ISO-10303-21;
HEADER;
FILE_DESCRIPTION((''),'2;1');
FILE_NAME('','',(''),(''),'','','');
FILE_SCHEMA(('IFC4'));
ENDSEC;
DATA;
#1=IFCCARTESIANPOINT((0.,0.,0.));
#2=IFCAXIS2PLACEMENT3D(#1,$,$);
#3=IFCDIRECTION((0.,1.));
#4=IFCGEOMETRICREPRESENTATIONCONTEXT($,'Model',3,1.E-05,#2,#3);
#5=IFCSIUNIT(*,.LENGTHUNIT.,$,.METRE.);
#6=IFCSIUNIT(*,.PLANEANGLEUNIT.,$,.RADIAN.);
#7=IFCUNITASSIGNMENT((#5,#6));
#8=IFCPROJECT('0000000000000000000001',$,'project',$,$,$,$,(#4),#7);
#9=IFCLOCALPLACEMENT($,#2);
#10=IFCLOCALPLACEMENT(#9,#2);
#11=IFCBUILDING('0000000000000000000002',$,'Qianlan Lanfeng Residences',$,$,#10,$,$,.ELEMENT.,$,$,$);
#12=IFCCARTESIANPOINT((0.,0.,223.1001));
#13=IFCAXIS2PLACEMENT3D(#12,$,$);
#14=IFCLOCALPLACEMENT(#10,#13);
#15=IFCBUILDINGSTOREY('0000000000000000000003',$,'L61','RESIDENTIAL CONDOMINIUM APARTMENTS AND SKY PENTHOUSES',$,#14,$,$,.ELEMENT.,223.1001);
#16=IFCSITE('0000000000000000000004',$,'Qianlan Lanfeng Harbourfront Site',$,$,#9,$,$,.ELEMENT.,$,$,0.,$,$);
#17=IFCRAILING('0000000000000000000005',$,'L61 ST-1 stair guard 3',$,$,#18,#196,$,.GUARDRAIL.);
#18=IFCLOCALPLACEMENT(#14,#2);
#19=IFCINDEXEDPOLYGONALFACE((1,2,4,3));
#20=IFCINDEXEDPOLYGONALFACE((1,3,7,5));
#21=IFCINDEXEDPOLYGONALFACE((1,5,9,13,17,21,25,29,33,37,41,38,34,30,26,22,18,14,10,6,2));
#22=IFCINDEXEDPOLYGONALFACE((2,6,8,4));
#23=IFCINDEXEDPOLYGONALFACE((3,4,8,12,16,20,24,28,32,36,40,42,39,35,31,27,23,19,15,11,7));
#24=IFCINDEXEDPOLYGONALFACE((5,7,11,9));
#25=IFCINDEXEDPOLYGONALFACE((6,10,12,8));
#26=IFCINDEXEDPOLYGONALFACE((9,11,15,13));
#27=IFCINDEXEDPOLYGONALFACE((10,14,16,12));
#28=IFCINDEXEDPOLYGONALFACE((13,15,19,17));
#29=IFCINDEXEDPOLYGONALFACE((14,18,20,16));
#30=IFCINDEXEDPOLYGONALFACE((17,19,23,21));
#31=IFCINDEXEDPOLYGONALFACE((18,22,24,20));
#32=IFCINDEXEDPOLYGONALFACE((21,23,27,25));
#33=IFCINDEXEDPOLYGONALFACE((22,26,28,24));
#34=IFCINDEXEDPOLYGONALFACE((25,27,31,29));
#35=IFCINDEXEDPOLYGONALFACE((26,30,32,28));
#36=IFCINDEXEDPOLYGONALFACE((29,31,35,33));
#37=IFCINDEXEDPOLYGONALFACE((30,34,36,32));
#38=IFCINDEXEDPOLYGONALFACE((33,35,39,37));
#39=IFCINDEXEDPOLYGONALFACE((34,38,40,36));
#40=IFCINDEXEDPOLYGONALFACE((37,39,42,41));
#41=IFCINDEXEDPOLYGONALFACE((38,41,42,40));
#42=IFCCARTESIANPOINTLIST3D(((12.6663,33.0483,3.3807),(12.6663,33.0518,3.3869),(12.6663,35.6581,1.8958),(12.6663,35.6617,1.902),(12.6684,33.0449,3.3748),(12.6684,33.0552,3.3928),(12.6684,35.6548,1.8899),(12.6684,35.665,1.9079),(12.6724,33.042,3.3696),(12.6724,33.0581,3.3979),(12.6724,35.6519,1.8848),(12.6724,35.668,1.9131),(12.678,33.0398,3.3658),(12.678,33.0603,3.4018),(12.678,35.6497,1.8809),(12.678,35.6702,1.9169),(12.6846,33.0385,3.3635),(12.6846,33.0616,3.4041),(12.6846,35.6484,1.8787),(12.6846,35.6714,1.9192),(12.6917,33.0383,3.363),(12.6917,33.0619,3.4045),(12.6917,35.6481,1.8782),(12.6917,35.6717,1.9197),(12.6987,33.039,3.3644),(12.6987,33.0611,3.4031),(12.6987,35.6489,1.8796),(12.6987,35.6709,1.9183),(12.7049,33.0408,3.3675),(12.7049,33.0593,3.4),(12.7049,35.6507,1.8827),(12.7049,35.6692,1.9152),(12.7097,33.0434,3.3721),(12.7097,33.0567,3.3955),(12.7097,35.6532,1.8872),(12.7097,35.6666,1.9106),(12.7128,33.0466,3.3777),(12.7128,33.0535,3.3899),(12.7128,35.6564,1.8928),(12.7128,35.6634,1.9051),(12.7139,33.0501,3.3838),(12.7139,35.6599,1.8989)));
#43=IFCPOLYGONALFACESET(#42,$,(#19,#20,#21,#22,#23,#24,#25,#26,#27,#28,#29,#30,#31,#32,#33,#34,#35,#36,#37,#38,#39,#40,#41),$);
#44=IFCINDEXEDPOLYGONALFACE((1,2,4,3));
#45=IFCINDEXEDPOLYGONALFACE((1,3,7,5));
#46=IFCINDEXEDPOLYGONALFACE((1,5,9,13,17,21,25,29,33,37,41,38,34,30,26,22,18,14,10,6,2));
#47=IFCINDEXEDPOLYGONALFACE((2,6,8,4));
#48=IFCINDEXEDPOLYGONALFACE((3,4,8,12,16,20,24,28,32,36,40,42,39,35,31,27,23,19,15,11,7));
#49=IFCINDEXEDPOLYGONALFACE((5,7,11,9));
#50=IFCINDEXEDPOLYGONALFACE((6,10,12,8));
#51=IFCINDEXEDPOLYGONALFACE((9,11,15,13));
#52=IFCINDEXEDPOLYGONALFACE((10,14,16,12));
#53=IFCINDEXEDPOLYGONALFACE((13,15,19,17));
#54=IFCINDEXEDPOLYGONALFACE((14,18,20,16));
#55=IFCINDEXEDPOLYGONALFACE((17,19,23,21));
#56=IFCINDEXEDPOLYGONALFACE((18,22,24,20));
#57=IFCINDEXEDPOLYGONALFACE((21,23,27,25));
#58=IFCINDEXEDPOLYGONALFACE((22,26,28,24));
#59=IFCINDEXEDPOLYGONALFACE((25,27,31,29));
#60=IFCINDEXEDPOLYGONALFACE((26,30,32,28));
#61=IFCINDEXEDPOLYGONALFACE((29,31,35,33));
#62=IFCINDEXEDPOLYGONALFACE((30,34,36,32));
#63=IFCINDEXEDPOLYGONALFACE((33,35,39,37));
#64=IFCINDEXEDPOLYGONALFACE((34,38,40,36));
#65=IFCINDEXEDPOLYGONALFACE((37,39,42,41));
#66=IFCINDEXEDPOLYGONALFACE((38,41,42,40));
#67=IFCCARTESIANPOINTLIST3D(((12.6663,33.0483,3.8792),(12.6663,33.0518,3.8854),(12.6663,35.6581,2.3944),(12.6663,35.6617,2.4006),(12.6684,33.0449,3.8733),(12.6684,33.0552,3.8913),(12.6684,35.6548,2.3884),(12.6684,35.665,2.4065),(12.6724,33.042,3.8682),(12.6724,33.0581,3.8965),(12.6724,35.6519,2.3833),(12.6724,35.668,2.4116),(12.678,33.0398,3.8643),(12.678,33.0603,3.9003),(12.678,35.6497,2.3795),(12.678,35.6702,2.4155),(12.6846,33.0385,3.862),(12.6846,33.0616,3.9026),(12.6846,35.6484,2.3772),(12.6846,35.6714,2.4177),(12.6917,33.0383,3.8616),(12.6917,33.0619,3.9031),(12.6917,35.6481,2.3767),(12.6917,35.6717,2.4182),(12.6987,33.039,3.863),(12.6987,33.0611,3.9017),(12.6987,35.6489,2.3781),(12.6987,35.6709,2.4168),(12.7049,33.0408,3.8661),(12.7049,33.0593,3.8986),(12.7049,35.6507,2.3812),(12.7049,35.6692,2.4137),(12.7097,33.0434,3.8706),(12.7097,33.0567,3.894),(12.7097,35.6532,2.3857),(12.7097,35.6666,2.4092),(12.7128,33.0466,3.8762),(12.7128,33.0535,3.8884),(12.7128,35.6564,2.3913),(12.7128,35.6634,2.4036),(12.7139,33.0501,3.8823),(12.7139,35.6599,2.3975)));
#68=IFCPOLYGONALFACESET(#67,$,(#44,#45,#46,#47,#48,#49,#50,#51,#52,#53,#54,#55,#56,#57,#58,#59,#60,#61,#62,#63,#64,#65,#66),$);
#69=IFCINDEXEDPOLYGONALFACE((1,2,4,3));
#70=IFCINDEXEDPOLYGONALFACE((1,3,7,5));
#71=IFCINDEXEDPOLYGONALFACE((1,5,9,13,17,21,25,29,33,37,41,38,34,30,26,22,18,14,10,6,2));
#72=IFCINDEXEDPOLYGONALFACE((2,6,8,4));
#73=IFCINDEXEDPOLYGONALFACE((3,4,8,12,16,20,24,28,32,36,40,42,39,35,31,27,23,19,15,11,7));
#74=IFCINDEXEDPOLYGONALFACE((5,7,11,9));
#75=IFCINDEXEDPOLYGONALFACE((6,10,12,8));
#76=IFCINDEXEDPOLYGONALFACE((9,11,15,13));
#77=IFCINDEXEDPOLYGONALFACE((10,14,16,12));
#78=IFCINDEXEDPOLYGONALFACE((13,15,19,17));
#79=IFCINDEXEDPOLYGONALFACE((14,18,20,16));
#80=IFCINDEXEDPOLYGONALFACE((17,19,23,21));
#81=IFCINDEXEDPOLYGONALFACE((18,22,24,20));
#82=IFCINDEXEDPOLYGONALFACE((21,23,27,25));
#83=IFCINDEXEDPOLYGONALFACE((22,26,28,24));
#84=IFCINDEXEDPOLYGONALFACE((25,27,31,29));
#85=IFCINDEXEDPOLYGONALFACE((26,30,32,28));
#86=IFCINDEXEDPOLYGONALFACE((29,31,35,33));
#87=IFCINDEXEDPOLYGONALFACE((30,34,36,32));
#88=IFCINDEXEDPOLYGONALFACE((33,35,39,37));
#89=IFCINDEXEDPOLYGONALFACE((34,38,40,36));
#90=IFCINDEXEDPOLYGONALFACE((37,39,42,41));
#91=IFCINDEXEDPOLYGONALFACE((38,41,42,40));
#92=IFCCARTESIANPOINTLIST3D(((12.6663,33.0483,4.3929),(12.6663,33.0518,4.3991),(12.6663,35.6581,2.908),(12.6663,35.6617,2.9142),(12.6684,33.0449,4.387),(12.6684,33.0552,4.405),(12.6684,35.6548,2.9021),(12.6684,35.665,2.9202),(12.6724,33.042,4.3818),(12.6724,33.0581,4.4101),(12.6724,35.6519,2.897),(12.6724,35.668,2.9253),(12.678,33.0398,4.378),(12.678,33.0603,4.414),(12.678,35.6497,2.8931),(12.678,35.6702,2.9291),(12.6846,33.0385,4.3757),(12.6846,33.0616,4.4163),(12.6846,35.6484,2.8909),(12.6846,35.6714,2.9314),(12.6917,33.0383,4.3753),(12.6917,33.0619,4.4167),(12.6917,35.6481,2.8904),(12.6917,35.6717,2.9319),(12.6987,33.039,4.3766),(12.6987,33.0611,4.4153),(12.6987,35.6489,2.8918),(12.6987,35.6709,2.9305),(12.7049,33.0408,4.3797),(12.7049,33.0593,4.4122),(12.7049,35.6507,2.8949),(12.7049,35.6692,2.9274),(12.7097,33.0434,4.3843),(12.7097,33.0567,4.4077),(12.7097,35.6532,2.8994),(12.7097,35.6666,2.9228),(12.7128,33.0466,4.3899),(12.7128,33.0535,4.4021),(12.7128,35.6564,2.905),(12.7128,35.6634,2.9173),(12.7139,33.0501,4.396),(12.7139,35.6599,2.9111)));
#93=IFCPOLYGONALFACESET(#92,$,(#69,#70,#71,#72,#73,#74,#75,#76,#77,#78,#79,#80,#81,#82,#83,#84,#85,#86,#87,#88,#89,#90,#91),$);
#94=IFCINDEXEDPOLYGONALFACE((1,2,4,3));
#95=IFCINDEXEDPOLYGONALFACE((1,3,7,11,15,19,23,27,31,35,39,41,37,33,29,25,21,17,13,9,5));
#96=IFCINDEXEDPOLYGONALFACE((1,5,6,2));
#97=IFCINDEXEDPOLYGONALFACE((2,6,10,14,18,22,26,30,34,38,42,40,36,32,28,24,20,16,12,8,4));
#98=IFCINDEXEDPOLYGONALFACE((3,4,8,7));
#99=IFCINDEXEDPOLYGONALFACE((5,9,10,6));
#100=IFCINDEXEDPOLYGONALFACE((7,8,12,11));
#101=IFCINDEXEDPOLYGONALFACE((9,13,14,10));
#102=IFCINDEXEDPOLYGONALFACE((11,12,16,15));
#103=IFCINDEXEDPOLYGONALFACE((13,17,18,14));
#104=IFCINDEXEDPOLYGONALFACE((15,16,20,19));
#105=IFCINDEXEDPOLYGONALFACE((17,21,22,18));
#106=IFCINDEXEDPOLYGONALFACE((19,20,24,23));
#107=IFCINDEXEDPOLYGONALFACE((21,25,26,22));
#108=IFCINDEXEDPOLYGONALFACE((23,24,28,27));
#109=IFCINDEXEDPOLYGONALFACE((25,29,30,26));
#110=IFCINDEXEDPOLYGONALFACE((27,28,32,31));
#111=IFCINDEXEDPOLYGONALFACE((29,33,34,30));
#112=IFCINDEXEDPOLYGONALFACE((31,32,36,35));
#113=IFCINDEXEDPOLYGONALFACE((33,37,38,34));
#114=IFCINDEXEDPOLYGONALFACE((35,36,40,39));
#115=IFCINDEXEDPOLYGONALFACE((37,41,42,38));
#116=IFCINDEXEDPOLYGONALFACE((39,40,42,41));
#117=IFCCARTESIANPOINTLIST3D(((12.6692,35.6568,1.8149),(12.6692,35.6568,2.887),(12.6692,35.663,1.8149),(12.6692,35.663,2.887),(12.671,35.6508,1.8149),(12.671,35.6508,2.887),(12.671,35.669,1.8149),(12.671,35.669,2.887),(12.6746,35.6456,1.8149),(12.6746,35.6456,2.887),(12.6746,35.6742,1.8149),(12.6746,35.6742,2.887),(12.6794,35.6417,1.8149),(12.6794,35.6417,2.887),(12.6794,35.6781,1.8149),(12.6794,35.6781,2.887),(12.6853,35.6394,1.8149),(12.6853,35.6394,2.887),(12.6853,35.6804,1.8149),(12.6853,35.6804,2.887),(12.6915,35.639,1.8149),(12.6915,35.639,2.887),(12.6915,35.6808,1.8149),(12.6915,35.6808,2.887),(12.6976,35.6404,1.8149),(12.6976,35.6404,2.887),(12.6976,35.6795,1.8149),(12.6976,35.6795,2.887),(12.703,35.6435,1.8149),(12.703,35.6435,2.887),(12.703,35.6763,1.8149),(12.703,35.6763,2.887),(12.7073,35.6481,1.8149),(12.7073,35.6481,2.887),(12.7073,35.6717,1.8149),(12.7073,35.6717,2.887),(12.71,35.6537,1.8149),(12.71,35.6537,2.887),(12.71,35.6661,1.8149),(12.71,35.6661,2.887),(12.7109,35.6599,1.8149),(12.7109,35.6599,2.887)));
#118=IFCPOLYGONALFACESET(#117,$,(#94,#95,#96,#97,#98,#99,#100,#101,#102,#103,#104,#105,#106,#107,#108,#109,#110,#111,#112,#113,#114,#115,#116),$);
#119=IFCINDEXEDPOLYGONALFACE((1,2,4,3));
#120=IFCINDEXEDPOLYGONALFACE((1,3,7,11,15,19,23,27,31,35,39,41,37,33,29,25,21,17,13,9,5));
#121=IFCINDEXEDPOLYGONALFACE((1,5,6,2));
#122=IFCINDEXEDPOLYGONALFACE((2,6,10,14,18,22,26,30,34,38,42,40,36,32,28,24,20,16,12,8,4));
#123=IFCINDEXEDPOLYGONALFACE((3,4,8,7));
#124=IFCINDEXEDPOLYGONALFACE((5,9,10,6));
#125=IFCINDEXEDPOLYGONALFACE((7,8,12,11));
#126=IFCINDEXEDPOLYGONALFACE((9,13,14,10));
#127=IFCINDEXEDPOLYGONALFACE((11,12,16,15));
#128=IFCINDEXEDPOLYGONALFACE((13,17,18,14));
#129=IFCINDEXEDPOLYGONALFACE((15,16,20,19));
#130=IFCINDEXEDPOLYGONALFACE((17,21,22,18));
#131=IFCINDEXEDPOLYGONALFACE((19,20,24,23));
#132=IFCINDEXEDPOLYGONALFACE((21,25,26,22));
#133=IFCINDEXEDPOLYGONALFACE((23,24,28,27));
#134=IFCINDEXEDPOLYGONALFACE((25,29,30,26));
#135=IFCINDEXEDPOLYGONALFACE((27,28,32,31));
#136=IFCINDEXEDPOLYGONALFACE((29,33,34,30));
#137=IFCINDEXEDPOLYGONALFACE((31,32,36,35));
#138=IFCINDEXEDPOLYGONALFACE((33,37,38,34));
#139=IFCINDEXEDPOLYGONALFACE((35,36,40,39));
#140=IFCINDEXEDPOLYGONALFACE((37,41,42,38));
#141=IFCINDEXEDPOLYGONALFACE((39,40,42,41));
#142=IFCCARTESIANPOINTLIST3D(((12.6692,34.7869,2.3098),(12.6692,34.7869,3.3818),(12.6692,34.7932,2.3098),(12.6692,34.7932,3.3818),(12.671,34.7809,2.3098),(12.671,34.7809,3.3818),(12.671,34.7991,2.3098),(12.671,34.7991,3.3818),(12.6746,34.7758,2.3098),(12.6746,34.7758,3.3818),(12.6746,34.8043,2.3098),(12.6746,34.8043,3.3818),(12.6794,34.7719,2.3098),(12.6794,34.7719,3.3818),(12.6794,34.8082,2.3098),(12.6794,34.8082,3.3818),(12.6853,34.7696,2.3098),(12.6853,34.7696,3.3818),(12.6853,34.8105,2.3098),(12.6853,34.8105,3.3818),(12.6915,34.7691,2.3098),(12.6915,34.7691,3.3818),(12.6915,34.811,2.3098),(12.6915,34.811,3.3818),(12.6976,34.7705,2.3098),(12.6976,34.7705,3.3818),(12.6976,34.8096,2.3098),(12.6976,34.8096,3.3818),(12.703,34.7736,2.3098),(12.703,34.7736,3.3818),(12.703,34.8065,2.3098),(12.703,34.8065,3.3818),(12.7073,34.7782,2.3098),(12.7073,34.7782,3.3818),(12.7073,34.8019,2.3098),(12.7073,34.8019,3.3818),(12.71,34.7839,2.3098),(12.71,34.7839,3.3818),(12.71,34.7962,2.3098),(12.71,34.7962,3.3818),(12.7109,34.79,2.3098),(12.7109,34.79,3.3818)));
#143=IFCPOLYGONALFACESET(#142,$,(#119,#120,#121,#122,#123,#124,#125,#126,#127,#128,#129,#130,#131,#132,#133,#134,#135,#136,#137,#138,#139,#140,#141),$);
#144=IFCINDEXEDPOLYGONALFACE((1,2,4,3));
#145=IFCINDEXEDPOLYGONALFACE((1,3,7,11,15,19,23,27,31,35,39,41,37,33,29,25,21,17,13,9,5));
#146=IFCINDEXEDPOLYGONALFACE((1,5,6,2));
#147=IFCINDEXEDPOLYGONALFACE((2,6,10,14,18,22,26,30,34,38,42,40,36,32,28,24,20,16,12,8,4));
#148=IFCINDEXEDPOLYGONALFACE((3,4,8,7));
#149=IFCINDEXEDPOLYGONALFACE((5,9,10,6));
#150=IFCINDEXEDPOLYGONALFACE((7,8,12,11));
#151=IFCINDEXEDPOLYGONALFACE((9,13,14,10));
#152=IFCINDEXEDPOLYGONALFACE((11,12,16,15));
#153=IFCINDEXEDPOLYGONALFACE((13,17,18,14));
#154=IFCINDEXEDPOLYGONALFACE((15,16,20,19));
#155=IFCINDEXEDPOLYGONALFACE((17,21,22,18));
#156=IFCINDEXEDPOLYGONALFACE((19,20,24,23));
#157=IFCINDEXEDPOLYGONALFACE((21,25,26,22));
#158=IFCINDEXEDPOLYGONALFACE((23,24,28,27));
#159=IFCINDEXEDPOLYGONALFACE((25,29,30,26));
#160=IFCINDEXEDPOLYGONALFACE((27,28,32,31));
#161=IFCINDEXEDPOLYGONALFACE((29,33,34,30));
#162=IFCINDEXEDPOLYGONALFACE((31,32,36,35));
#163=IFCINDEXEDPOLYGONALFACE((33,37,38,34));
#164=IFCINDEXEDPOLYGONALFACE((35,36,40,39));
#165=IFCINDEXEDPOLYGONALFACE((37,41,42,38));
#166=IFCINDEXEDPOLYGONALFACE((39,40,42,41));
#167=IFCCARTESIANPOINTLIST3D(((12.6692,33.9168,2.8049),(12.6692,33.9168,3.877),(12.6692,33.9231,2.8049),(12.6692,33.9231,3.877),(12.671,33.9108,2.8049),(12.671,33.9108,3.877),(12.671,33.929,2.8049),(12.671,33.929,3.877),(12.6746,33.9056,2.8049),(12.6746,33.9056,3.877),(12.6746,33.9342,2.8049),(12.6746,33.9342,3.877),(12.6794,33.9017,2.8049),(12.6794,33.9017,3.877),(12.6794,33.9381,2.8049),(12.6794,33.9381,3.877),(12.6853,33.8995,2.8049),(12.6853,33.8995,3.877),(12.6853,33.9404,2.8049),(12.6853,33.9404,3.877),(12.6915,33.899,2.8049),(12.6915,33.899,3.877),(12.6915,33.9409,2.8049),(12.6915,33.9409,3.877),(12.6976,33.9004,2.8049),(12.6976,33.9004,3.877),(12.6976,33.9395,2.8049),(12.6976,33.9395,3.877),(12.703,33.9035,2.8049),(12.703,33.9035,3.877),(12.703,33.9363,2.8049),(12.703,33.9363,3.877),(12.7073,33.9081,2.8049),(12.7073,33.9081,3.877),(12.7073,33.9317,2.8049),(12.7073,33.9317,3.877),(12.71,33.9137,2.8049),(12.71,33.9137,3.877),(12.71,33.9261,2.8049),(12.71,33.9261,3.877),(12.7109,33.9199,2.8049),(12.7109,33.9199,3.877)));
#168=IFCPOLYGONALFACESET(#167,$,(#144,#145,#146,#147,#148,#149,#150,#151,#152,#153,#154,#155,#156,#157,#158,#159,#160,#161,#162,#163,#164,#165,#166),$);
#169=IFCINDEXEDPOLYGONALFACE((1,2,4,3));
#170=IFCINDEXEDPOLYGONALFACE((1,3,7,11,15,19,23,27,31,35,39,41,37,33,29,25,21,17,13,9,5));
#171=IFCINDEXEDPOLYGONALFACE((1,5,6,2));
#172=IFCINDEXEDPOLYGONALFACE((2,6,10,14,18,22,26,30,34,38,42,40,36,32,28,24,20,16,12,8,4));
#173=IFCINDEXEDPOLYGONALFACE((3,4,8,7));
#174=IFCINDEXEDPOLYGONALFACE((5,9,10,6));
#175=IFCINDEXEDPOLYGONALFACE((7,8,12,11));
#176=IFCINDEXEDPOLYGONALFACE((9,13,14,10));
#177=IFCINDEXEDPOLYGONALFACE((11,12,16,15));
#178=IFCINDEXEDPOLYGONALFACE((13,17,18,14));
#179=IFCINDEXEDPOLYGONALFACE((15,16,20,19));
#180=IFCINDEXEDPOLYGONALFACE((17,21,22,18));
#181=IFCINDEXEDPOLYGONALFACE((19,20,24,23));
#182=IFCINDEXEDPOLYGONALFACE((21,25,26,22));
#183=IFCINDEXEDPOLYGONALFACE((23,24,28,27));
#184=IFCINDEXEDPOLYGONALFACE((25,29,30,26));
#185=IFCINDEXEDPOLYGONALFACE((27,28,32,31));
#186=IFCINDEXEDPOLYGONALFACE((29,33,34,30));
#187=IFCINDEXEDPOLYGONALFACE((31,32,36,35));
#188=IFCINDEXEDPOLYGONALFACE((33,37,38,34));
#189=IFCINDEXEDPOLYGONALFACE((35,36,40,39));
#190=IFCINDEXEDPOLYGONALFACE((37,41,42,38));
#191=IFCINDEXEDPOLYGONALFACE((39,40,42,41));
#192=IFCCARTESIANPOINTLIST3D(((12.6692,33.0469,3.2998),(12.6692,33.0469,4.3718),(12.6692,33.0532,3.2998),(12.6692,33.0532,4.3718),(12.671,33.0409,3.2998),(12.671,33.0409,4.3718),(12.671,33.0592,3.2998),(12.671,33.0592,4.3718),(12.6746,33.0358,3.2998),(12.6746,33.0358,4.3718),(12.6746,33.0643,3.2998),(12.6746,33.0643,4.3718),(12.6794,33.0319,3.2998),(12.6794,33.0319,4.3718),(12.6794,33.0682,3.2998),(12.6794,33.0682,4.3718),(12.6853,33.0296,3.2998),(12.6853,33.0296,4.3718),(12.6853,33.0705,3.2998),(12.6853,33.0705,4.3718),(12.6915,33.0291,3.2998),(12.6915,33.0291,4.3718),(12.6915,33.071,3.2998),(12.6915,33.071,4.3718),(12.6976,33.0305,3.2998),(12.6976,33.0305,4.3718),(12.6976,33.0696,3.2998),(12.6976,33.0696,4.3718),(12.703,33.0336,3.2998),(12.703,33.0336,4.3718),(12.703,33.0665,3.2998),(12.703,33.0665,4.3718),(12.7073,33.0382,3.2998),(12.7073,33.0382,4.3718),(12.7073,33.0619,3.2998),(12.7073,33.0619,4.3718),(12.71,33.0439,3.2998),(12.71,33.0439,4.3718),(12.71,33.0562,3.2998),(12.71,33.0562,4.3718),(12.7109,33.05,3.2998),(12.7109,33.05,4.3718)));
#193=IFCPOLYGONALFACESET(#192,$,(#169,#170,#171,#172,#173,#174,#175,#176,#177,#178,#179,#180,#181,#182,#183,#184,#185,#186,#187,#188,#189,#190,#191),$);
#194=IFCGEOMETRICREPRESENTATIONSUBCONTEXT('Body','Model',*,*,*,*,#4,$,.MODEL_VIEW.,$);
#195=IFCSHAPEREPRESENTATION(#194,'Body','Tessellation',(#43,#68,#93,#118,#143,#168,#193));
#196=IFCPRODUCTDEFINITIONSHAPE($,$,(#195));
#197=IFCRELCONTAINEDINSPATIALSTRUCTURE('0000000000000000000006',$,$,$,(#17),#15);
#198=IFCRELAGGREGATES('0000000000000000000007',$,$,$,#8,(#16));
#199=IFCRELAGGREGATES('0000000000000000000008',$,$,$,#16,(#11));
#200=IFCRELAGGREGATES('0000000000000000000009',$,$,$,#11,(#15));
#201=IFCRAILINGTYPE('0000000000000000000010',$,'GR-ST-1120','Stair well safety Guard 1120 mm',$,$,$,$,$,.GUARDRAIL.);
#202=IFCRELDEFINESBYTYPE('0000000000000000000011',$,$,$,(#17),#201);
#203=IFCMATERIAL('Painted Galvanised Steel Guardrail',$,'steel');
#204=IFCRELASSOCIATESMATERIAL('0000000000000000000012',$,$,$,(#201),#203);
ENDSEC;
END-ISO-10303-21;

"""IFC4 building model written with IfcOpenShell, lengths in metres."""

from ifc_helpers import new_model, si_unit, direction, frame, origin, origin_2d, place, context, subcontext, project, spatial, circle, extrude, material, type_object, element, save


model = new_model("IFC4")

# Units and contexts
model_context = context("Model", 3, precision=1e-05, world=origin(), true_north=direction((0.0, 1.0)))
body_context = subcontext(model_context, "Body", "Model", "MODEL_VIEW")
ifc_project = project(units=[si_unit("LENGTHUNIT", "METRE"), si_unit("PLANEANGLEUNIT", "RADIAN")], contexts=[model_context])

# Site, building, storey
site_placement = place(None, origin())
site = spatial("IfcSite", under=ifc_project, at=site_placement, Name="Qianlan Lanfeng Harbourfront Site", CompositionType="ELEMENT", RefElevation=0.0)
building_placement = place(site_placement, origin())
building = spatial("IfcBuilding", under=site, at=building_placement, Name="Qianlan Lanfeng Residences", CompositionType="ELEMENT")
storey_placement = place(building_placement, frame((0.0, 0.0, 223.1001)))
storey = spatial("IfcBuildingStorey", under=building, at=storey_placement, Name="L61", Description="RESIDENTIAL CONDOMINIUM APARTMENTS AND SKY PENTHOUSES", CompositionType="ELEMENT", Elevation=223.1001)

# Railing
ifc_material_1 = material(Name="Painted Galvanised Steel Guardrail", Category="steel")
railing_type_1 = type_object("IfcRailingType", Name="GR-ST-1120", Description="Stair well safety Guard 1120 mm", PredefinedType="GUARDRAIL", material=ifc_material_1)
railing_1_placement = place(storey_placement, frame((12.6899, 35.6599, 1.8149)))
element("IfcRailing", 1, at=railing_1_placement, inside=storey, type_object=railing_type_1, Name="L61 ST-1 stair guard 3", PredefinedType="GUARDRAIL", context=body_context, shape_type="SweptSolid", body=[
    extrude(circle(Radius=0.0239, at=origin_2d()), frame((0.0, 0.0, 0.084), z_axis=(0.0, -0.869172, 0.494509), x_axis=(1.0, 0.0, 0.0)), (0.0, 0.0, 1.0), 3.0027),
    extrude(circle(Radius=0.0239, at=origin_2d()), frame((0.0, 0.0, 0.5825), z_axis=(0.0, -0.869172, 0.494509), x_axis=(1.0, 0.0, 0.0)), (0.0, 0.0, 1.0), 3.0027),
    extrude(circle(Radius=0.0239, at=origin_2d()), frame((0.0, 0.0, 1.0962), z_axis=(0.0, -0.869172, 0.494509), x_axis=(1.0, 0.0, 0.0)), (0.0, 0.0, 1.0), 3.0027),
    extrude(circle(Radius=0.021, at=origin_2d()), origin(), (0.0, 0.0, 1.0), 1.072),
    extrude(circle(Radius=0.021, at=origin_2d()), frame((0.0, -0.8699, 0.4949)), (0.0, 0.0, 1.0), 1.072),
    extrude(circle(Radius=0.021, at=origin_2d()), frame((0.0, -1.74, 0.99)), (0.0, 0.0, 1.0), 1.072),
    extrude(circle(Radius=0.021, at=origin_2d()), frame((0.0, -2.6099, 1.4849)), (0.0, 0.0, 1.0), 1.072),
])

save(model, "model.ifc")
